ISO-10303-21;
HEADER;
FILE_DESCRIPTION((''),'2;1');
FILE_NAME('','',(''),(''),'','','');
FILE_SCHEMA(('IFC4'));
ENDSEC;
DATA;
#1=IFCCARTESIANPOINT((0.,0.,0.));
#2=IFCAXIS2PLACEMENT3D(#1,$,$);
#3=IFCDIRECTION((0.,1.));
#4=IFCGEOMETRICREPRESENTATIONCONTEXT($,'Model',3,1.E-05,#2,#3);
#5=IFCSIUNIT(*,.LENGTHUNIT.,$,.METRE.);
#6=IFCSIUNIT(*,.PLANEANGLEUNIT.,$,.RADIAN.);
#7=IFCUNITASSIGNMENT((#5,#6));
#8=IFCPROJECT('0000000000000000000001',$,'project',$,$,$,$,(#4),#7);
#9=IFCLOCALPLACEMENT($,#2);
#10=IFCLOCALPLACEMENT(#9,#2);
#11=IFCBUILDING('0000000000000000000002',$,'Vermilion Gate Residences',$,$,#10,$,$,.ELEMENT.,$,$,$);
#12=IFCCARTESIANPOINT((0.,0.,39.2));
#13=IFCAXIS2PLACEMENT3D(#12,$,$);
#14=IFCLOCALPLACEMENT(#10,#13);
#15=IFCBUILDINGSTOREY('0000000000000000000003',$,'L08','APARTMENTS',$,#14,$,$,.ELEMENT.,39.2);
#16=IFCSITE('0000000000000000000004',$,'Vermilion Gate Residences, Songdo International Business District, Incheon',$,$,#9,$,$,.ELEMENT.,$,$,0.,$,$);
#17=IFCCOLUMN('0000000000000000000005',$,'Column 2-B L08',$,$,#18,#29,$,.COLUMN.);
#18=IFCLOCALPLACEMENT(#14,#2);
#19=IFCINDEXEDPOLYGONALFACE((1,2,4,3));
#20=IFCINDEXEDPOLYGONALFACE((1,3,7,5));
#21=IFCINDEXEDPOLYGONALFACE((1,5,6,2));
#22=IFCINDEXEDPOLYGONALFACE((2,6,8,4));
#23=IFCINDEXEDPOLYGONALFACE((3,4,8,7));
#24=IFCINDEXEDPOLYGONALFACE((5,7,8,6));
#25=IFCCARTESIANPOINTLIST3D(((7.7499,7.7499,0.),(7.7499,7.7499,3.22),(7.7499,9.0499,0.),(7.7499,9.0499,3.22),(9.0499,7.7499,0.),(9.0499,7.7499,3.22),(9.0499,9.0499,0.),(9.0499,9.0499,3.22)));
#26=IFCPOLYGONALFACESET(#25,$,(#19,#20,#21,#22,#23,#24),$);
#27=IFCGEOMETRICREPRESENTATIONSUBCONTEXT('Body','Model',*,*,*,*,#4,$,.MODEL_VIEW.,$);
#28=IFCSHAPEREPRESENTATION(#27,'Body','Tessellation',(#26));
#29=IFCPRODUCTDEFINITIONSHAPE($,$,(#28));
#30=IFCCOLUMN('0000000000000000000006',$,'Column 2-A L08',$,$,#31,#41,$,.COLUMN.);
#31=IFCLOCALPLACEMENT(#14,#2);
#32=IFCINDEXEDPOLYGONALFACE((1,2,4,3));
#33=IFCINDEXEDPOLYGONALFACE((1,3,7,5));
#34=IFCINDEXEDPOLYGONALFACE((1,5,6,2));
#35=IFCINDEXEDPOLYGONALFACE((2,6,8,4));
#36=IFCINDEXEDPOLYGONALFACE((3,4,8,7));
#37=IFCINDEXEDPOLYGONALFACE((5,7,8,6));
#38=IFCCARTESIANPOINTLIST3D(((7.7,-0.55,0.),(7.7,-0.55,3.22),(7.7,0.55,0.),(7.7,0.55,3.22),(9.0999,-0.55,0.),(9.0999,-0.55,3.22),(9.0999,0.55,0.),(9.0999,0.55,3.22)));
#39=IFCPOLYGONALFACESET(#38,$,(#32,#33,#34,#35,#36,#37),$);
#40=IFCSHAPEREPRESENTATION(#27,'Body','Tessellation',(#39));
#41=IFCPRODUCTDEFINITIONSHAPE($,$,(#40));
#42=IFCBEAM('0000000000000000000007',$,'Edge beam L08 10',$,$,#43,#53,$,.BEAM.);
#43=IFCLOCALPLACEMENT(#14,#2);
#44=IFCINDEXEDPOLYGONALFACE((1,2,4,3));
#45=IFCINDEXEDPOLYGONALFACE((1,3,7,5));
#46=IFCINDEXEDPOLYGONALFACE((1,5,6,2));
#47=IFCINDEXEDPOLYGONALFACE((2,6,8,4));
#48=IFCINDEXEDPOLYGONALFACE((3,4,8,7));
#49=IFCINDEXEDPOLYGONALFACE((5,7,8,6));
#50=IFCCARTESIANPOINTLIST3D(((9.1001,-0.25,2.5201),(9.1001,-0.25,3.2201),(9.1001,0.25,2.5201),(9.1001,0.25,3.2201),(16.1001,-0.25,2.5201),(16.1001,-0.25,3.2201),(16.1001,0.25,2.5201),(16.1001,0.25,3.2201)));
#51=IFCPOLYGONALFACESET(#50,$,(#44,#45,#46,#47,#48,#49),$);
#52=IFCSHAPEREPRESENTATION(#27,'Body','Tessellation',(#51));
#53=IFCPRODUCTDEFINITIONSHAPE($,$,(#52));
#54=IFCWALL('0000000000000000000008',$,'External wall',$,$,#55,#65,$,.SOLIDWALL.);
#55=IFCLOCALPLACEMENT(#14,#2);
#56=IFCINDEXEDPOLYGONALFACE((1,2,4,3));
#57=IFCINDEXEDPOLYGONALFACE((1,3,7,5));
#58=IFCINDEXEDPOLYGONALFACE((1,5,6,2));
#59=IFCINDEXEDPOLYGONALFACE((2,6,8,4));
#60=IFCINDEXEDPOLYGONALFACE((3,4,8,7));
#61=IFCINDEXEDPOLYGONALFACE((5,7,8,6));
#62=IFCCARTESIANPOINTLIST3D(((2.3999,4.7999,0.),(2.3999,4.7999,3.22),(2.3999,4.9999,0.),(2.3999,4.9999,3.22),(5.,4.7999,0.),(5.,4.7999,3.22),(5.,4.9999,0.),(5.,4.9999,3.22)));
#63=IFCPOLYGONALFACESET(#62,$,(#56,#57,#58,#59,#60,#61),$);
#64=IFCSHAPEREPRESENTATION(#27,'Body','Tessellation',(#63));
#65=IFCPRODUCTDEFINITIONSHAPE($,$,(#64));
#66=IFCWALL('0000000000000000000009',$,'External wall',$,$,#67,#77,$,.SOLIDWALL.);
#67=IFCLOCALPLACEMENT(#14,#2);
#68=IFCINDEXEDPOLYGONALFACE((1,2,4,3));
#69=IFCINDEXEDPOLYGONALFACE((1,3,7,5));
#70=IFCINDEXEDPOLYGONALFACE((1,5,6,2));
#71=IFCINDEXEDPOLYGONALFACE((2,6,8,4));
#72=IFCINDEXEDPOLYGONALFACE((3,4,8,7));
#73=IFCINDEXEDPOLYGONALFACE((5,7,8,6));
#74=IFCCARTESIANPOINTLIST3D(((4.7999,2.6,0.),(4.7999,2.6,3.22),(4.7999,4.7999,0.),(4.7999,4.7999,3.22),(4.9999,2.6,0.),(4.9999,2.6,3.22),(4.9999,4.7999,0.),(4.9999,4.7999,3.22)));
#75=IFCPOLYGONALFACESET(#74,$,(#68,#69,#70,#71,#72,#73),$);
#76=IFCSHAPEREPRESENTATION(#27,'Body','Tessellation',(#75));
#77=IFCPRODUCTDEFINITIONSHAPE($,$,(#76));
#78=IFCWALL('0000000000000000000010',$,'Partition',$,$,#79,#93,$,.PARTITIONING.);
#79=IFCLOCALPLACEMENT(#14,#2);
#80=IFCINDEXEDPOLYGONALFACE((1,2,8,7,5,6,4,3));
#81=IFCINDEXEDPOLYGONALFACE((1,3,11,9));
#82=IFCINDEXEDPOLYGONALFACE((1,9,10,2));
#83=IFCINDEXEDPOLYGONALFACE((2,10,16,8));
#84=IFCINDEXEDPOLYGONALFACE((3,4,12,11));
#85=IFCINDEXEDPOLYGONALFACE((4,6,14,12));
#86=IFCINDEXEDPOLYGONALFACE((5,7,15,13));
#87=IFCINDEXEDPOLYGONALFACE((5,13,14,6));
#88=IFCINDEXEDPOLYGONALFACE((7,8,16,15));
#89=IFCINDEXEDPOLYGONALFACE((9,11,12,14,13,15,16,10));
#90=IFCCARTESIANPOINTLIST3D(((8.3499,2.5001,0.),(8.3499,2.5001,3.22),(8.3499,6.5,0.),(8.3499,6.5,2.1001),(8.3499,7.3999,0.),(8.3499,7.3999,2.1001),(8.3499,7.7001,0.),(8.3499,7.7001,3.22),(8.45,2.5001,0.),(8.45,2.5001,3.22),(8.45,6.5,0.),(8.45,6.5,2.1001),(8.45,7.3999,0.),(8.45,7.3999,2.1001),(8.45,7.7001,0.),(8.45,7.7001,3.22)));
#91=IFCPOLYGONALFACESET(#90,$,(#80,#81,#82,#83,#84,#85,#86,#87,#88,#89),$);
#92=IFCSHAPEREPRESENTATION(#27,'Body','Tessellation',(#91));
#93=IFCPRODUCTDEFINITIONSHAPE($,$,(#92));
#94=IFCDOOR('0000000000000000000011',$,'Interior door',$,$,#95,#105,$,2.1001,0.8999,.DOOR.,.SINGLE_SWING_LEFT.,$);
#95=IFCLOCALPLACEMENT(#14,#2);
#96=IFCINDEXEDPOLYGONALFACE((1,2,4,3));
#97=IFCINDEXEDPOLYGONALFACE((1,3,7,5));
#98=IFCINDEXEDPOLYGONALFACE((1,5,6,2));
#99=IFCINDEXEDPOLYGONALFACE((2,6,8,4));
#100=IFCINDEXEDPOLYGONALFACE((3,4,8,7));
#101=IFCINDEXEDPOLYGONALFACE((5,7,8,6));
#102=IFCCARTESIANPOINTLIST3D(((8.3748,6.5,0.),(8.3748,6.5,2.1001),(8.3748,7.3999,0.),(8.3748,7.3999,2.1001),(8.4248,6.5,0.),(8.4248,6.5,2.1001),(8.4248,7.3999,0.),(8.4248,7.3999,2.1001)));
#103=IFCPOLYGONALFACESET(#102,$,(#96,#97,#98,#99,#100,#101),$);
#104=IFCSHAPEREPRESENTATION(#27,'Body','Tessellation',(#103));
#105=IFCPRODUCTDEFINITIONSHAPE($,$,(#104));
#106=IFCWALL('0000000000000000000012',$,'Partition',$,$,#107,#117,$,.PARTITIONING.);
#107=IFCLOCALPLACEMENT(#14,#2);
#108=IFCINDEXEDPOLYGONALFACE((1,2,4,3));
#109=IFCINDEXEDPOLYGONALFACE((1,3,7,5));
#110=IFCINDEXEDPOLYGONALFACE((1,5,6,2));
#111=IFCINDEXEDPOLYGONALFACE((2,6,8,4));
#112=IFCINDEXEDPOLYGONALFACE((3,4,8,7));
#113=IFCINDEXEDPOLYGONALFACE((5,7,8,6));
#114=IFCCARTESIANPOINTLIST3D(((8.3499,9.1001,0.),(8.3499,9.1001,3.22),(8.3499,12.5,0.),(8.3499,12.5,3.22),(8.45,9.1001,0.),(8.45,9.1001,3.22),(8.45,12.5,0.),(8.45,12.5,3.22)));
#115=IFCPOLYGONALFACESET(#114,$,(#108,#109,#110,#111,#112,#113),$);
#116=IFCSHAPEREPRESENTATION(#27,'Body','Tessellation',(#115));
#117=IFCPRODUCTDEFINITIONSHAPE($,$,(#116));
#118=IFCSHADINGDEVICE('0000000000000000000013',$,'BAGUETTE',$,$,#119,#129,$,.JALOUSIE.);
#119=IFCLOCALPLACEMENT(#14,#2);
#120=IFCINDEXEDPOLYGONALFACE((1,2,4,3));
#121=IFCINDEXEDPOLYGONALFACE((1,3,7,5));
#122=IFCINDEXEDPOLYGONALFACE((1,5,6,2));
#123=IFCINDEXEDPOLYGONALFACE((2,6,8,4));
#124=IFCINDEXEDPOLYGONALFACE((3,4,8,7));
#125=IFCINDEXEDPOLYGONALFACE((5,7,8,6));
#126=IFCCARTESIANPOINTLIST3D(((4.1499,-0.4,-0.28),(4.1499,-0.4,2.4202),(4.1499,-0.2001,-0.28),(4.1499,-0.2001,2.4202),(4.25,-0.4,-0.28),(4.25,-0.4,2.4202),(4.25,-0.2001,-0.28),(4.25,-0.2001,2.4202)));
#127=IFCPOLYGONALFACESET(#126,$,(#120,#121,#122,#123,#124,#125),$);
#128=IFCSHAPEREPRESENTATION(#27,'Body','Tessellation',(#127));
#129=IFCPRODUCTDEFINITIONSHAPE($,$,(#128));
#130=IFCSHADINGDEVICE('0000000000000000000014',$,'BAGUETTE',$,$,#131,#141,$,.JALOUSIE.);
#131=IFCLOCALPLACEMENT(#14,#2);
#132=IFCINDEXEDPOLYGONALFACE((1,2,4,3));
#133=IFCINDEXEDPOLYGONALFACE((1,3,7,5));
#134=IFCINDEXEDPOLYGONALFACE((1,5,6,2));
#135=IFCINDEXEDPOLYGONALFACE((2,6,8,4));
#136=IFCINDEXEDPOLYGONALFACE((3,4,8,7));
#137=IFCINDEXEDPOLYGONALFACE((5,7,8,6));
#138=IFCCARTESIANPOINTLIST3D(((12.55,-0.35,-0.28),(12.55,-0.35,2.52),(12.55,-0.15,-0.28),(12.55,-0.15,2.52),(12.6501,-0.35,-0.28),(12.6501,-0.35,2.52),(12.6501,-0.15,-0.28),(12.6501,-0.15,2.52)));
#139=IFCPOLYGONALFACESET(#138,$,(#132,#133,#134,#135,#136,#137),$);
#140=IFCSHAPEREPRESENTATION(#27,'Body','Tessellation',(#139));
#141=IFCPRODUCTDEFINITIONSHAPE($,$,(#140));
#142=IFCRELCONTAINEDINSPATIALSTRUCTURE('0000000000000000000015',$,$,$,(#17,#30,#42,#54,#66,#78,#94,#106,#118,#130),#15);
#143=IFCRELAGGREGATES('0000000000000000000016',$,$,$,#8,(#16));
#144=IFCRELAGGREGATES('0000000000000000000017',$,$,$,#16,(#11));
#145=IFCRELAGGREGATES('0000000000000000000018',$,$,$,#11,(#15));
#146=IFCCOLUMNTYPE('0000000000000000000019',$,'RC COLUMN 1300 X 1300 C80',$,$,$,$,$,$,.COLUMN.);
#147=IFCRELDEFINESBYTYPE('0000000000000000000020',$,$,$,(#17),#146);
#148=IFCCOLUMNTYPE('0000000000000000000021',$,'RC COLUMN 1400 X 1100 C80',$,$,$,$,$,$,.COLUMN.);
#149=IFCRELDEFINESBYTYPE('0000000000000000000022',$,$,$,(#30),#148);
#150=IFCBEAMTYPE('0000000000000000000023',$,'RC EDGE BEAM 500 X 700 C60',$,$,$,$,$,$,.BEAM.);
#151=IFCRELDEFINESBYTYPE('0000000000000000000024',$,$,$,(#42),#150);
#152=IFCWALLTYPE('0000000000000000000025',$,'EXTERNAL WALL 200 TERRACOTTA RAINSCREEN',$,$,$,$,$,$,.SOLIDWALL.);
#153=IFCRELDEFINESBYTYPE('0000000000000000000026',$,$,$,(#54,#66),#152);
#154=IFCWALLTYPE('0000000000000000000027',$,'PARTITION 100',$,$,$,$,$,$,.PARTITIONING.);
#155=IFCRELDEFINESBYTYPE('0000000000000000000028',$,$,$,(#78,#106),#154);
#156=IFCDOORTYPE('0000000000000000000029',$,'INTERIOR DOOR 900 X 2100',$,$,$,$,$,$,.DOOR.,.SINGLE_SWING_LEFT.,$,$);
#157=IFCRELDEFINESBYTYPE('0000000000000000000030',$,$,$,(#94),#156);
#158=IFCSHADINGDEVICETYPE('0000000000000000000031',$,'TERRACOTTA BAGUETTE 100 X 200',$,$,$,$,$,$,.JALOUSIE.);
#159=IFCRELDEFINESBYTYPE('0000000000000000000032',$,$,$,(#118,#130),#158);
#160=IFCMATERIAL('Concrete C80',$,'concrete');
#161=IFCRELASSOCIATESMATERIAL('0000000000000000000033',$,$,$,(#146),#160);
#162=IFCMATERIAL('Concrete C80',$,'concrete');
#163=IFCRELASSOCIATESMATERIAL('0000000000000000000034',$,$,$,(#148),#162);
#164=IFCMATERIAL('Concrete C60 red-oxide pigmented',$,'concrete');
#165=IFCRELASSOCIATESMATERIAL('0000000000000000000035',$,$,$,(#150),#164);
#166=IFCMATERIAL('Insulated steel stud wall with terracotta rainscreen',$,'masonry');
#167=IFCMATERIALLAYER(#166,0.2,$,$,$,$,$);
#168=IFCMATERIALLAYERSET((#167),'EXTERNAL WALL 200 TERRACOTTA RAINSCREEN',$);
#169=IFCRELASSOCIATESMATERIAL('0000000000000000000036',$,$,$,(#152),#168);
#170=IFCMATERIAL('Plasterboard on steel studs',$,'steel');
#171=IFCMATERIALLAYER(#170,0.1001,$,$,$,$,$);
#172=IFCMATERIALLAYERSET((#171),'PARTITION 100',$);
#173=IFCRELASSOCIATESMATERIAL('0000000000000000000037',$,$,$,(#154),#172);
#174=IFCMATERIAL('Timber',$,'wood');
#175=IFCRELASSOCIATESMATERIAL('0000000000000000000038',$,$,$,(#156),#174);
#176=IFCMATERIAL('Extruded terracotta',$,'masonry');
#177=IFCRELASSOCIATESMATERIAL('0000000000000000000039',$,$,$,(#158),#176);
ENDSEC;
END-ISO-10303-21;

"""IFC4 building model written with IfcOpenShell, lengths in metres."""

from ifc_helpers import new_model, si_unit, direction, frame, frame_2d, origin, origin_2d, place, context, subcontext, project, spatial, rectangle, extrude, material, layer, layer_set, material_profile, profile_set, type_object, element, fill, save


model = new_model("IFC4")

# Units and contexts
model_context = context("Model", 3, precision=1e-05, world=origin(), true_north=direction((0.0, 1.0)))
body_context = subcontext(model_context, "Body", "Model", "MODEL_VIEW")
ifc_project = project(units=[si_unit("LENGTHUNIT", "METRE"), si_unit("PLANEANGLEUNIT", "RADIAN")], contexts=[model_context])

# Site, building, storey
site_placement = place(None, origin())
site = spatial("IfcSite", under=ifc_project, at=site_placement, Name="Vermilion Gate Residences, Songdo International Business District, Incheon", CompositionType="ELEMENT", RefElevation=0.0)
building_placement = place(site_placement, origin())
building = spatial("IfcBuilding", under=site, at=building_placement, Name="Vermilion Gate Residences", CompositionType="ELEMENT")
storey_placement = place(building_placement, frame((0.0, 0.0, 39.2)))
storey = spatial("IfcBuildingStorey", under=building, at=storey_placement, Name="L08", Description="APARTMENTS", CompositionType="ELEMENT", Elevation=39.2)

# Columns
ifc_material_1 = material(Name="Concrete C80", Category="concrete")
ifc_material_profile_1 = material_profile(ifc_material_1, rectangle(XDim=1.3, YDim=1.3, at=origin_2d()), Name="RC-1300x1300")
ifc_profile_set_1 = profile_set([ifc_material_profile_1], Name="Concrete C80")
column_type_1 = type_object("IfcColumnType", Name="RC COLUMN 1300 X 1300 C80", PredefinedType="COLUMN", material=ifc_profile_set_1)
column_1_placement = place(storey_placement, frame((8.3999, 8.3999, 0.0), z_axis=(0.0, 0.0, 1.0), x_axis=(1.0, 0.0, 0.0)))
element("IfcColumn", 1, at=column_1_placement, inside=storey, type_object=column_type_1, Name="Column 2-B L08", PredefinedType="COLUMN", context=body_context, shape_type="SweptSolid", body=[
    extrude(rectangle(XDim=1.3, YDim=1.3, at=origin_2d()), origin(), (0.0, 0.0, 1.0), 3.22),
])
ifc_material_2 = material(Name="Concrete C80", Category="concrete")
ifc_material_profile_2 = material_profile(ifc_material_2, rectangle(XDim=1.3999, YDim=1.1001, at=origin_2d()), Name="RC-1400x1100")
ifc_profile_set_2 = profile_set([ifc_material_profile_2], Name="Concrete C80")
column_type_2 = type_object("IfcColumnType", Name="RC COLUMN 1400 X 1100 C80", PredefinedType="COLUMN", material=ifc_profile_set_2)
column_2_placement = place(storey_placement, frame((8.3999, 0.0, 0.0), z_axis=(0.0, 0.0, 1.0), x_axis=(1.0, 0.0, 0.0)))
element("IfcColumn", 2, at=column_2_placement, inside=storey, type_object=column_type_2, Name="Column 2-A L08", PredefinedType="COLUMN", context=body_context, shape_type="SweptSolid", body=[
    extrude(rectangle(XDim=1.3999, YDim=1.1001, at=origin_2d()), origin(), (0.0, 0.0, 1.0), 3.22),
])

# Beam
ifc_material_3 = material(Name="Concrete C60 red-oxide pigmented", Category="concrete")
ifc_material_profile_3 = material_profile(ifc_material_3, rectangle(XDim=0.5, YDim=0.7, at=origin_2d()), Name="RC-500x700")
ifc_profile_set_3 = profile_set([ifc_material_profile_3], Name="Concrete C60 red-oxide pigmented")
beam_type = type_object("IfcBeamType", Name="RC EDGE BEAM 500 X 700 C60", PredefinedType="BEAM", material=ifc_profile_set_3)
beam_placement = place(storey_placement, frame((9.1001, 0.0, 2.8701), z_axis=(1.0, 0.0, 0.0), x_axis=(0.0, 1.0, 0.0)))
element("IfcBeam", 3, at=beam_placement, inside=storey, type_object=beam_type, Name="Edge beam L08 10", PredefinedType="BEAM", context=body_context, shape_type="SweptSolid", body=[
    extrude(rectangle(XDim=0.5, YDim=0.7, at=origin_2d()), origin(), (0.0, 0.0, 1.0), 7.0),
])

# Walls
ifc_material_4 = material(Name="Insulated steel stud wall with terracotta rainscreen", Category="masonry")
ifc_layer_1 = layer(ifc_material_4, 0.2)
ifc_layer_set_1 = layer_set([ifc_layer_1], Name="EXTERNAL WALL 200 TERRACOTTA RAINSCREEN")
wall_type_1 = type_object("IfcWallType", Name="EXTERNAL WALL 200 TERRACOTTA RAINSCREEN", PredefinedType="SOLIDWALL", material=ifc_layer_set_1)
wall_1_placement = place(storey_placement, frame((2.3999, 4.8999, 0.0), z_axis=(0.0, 0.0, 1.0), x_axis=(1.0, 0.0, 0.0)))
element("IfcWall", 4, at=wall_1_placement, inside=storey, type_object=wall_type_1, Name="External wall", PredefinedType="SOLIDWALL", context=body_context, shape_type="SweptSolid", body=[
    extrude(rectangle(XDim=2.6001, YDim=0.2, at=frame_2d((1.3, 0.0))), origin(), (0.0, 0.0, 1.0), 3.22),
])
wall_2_placement = place(storey_placement, frame((4.8999, 4.8, 0.0), z_axis=(0.0, 0.0, 1.0), x_axis=(0.0, -1.0, 0.0)))
element("IfcWall", 5, at=wall_2_placement, inside=storey, type_object=wall_type_1, Name="External wall", PredefinedType="SOLIDWALL", context=body_context, shape_type="SweptSolid", body=[
    extrude(rectangle(XDim=2.2, YDim=0.2, at=frame_2d((1.1001, 0.0))), origin(), (0.0, 0.0, 1.0), 3.22),
])

# Wall, opening, door
ifc_material_5 = material(Name="Plasterboard on steel studs", Category="steel")
ifc_layer_2 = layer(ifc_material_5, 0.1001)
ifc_layer_set_2 = layer_set([ifc_layer_2], Name="PARTITION 100")
wall_type_2 = type_object("IfcWallType", Name="PARTITION 100", PredefinedType="PARTITIONING", material=ifc_layer_set_2)
wall_3_placement = place(storey_placement, frame((8.3999, 2.5, 0.0), z_axis=(0.0, 0.0, 1.0), x_axis=(0.0, 1.0, 0.0)))
wall_3 = element("IfcWall", 6, at=wall_3_placement, inside=storey, type_object=wall_type_2, Name="Partition", PredefinedType="PARTITIONING", context=body_context, shape_type="SweptSolid", body=[
    extrude(rectangle(XDim=5.2, YDim=0.1001, at=frame_2d((2.6001, 0.0))), origin(), (0.0, 0.0, 1.0), 3.22),
])
opening_1_placement = place(wall_3_placement, frame((4.0, 0.0, 0.0)))
opening_1 = element("IfcOpeningElement", 7, at=opening_1_placement, cuts=wall_3, PredefinedType="OPENING", context=body_context, shape_type="SweptSolid", body=[
    extrude(rectangle(XDim=0.8999, YDim=2.1001, at=frame_2d((0.45, 1.05))), frame((0.0, 0.0601, 0.0), z_axis=(0.0, -1.0, 0.0), x_axis=(1.0, 0.0, 0.0)), (0.0, 0.0, 1.0), 0.1201),
])
ifc_material_6 = material(Name="Timber", Category="wood")
door_type_1 = type_object("IfcDoorType", Name="INTERIOR DOOR 900 X 2100", OperationType="SINGLE_SWING_LEFT", PredefinedType="DOOR", material=ifc_material_6)
door_1_placement = place(opening_1_placement, frame((0.8999, 0.0, 0.0), z_axis=(0.0, 0.0, 1.0), x_axis=(-1.0, 0.0, 0.0)))
door_1 = element("IfcDoor", 8, at=door_1_placement, inside=storey, type_object=door_type_1, Name="Interior door", OperationType="SINGLE_SWING_LEFT", OverallHeight=2.1001, OverallWidth=0.8999, PredefinedType="DOOR", context=body_context, shape_type="SweptSolid", body=[
    extrude(rectangle(XDim=0.8999, YDim=2.1001, at=frame_2d((0.45, 1.05))), frame((0.0, 0.0249, 0.0), z_axis=(0.0, -1.0, 0.0), x_axis=(1.0, 0.0, 0.0)), (0.0, 0.0, 1.0), 0.05),
])
fill(opening_1, door_1)

# Wall
wall_4_placement = place(storey_placement, frame((8.3999, 9.1001, 0.0), z_axis=(0.0, 0.0, 1.0), x_axis=(0.0, 1.0, 0.0)))
element("IfcWall", 9, at=wall_4_placement, inside=storey, type_object=wall_type_2, Name="Partition", PredefinedType="PARTITIONING", context=body_context, shape_type="SweptSolid", body=[
    extrude(rectangle(XDim=3.3999, YDim=0.1001, at=frame_2d((1.7, 0.0))), origin(), (0.0, 0.0, 1.0), 3.22),
])

# Shading devices
ifc_material_7 = material(Name="Extruded terracotta", Category="masonry")
ifc_material_profile_4 = material_profile(ifc_material_7, rectangle(XDim=0.2, YDim=0.1001, at=origin_2d()), Name="BAGUETTE 100 X 200")
ifc_profile_set_4 = profile_set([ifc_material_profile_4], Name="Extruded terracotta")
shading_device_type = type_object("IfcShadingDeviceType", Name="TERRACOTTA BAGUETTE 100 X 200", PredefinedType="JALOUSIE", material=ifc_profile_set_4)
shading_device_1_placement = place(storey_placement, frame((4.2, -0.3, -0.28), z_axis=(0.0, 0.0, 1.0), x_axis=(0.0, 1.0, 0.0)))
element("IfcShadingDevice", 10, at=shading_device_1_placement, inside=storey, type_object=shading_device_type, Name="BAGUETTE", PredefinedType="JALOUSIE", context=body_context, shape_type="SweptSolid", body=[
    extrude(rectangle(XDim=0.2, YDim=0.1001, at=origin_2d()), origin(), (0.0, 0.0, 1.0), 2.7002),
])
shading_device_2_placement = place(storey_placement, frame((12.6001, -0.25, -0.28), z_axis=(0.0, 0.0, 1.0), x_axis=(0.0, 1.0, 0.0)))
element("IfcShadingDevice", 11, at=shading_device_2_placement, inside=storey, type_object=shading_device_type, Name="BAGUETTE", PredefinedType="JALOUSIE", context=body_context, shape_type="SweptSolid", body=[
    extrude(rectangle(XDim=0.2, YDim=0.1001, at=origin_2d()), origin(), (0.0, 0.0, 1.0), 2.8),
])

save(model, "model.ifc")
